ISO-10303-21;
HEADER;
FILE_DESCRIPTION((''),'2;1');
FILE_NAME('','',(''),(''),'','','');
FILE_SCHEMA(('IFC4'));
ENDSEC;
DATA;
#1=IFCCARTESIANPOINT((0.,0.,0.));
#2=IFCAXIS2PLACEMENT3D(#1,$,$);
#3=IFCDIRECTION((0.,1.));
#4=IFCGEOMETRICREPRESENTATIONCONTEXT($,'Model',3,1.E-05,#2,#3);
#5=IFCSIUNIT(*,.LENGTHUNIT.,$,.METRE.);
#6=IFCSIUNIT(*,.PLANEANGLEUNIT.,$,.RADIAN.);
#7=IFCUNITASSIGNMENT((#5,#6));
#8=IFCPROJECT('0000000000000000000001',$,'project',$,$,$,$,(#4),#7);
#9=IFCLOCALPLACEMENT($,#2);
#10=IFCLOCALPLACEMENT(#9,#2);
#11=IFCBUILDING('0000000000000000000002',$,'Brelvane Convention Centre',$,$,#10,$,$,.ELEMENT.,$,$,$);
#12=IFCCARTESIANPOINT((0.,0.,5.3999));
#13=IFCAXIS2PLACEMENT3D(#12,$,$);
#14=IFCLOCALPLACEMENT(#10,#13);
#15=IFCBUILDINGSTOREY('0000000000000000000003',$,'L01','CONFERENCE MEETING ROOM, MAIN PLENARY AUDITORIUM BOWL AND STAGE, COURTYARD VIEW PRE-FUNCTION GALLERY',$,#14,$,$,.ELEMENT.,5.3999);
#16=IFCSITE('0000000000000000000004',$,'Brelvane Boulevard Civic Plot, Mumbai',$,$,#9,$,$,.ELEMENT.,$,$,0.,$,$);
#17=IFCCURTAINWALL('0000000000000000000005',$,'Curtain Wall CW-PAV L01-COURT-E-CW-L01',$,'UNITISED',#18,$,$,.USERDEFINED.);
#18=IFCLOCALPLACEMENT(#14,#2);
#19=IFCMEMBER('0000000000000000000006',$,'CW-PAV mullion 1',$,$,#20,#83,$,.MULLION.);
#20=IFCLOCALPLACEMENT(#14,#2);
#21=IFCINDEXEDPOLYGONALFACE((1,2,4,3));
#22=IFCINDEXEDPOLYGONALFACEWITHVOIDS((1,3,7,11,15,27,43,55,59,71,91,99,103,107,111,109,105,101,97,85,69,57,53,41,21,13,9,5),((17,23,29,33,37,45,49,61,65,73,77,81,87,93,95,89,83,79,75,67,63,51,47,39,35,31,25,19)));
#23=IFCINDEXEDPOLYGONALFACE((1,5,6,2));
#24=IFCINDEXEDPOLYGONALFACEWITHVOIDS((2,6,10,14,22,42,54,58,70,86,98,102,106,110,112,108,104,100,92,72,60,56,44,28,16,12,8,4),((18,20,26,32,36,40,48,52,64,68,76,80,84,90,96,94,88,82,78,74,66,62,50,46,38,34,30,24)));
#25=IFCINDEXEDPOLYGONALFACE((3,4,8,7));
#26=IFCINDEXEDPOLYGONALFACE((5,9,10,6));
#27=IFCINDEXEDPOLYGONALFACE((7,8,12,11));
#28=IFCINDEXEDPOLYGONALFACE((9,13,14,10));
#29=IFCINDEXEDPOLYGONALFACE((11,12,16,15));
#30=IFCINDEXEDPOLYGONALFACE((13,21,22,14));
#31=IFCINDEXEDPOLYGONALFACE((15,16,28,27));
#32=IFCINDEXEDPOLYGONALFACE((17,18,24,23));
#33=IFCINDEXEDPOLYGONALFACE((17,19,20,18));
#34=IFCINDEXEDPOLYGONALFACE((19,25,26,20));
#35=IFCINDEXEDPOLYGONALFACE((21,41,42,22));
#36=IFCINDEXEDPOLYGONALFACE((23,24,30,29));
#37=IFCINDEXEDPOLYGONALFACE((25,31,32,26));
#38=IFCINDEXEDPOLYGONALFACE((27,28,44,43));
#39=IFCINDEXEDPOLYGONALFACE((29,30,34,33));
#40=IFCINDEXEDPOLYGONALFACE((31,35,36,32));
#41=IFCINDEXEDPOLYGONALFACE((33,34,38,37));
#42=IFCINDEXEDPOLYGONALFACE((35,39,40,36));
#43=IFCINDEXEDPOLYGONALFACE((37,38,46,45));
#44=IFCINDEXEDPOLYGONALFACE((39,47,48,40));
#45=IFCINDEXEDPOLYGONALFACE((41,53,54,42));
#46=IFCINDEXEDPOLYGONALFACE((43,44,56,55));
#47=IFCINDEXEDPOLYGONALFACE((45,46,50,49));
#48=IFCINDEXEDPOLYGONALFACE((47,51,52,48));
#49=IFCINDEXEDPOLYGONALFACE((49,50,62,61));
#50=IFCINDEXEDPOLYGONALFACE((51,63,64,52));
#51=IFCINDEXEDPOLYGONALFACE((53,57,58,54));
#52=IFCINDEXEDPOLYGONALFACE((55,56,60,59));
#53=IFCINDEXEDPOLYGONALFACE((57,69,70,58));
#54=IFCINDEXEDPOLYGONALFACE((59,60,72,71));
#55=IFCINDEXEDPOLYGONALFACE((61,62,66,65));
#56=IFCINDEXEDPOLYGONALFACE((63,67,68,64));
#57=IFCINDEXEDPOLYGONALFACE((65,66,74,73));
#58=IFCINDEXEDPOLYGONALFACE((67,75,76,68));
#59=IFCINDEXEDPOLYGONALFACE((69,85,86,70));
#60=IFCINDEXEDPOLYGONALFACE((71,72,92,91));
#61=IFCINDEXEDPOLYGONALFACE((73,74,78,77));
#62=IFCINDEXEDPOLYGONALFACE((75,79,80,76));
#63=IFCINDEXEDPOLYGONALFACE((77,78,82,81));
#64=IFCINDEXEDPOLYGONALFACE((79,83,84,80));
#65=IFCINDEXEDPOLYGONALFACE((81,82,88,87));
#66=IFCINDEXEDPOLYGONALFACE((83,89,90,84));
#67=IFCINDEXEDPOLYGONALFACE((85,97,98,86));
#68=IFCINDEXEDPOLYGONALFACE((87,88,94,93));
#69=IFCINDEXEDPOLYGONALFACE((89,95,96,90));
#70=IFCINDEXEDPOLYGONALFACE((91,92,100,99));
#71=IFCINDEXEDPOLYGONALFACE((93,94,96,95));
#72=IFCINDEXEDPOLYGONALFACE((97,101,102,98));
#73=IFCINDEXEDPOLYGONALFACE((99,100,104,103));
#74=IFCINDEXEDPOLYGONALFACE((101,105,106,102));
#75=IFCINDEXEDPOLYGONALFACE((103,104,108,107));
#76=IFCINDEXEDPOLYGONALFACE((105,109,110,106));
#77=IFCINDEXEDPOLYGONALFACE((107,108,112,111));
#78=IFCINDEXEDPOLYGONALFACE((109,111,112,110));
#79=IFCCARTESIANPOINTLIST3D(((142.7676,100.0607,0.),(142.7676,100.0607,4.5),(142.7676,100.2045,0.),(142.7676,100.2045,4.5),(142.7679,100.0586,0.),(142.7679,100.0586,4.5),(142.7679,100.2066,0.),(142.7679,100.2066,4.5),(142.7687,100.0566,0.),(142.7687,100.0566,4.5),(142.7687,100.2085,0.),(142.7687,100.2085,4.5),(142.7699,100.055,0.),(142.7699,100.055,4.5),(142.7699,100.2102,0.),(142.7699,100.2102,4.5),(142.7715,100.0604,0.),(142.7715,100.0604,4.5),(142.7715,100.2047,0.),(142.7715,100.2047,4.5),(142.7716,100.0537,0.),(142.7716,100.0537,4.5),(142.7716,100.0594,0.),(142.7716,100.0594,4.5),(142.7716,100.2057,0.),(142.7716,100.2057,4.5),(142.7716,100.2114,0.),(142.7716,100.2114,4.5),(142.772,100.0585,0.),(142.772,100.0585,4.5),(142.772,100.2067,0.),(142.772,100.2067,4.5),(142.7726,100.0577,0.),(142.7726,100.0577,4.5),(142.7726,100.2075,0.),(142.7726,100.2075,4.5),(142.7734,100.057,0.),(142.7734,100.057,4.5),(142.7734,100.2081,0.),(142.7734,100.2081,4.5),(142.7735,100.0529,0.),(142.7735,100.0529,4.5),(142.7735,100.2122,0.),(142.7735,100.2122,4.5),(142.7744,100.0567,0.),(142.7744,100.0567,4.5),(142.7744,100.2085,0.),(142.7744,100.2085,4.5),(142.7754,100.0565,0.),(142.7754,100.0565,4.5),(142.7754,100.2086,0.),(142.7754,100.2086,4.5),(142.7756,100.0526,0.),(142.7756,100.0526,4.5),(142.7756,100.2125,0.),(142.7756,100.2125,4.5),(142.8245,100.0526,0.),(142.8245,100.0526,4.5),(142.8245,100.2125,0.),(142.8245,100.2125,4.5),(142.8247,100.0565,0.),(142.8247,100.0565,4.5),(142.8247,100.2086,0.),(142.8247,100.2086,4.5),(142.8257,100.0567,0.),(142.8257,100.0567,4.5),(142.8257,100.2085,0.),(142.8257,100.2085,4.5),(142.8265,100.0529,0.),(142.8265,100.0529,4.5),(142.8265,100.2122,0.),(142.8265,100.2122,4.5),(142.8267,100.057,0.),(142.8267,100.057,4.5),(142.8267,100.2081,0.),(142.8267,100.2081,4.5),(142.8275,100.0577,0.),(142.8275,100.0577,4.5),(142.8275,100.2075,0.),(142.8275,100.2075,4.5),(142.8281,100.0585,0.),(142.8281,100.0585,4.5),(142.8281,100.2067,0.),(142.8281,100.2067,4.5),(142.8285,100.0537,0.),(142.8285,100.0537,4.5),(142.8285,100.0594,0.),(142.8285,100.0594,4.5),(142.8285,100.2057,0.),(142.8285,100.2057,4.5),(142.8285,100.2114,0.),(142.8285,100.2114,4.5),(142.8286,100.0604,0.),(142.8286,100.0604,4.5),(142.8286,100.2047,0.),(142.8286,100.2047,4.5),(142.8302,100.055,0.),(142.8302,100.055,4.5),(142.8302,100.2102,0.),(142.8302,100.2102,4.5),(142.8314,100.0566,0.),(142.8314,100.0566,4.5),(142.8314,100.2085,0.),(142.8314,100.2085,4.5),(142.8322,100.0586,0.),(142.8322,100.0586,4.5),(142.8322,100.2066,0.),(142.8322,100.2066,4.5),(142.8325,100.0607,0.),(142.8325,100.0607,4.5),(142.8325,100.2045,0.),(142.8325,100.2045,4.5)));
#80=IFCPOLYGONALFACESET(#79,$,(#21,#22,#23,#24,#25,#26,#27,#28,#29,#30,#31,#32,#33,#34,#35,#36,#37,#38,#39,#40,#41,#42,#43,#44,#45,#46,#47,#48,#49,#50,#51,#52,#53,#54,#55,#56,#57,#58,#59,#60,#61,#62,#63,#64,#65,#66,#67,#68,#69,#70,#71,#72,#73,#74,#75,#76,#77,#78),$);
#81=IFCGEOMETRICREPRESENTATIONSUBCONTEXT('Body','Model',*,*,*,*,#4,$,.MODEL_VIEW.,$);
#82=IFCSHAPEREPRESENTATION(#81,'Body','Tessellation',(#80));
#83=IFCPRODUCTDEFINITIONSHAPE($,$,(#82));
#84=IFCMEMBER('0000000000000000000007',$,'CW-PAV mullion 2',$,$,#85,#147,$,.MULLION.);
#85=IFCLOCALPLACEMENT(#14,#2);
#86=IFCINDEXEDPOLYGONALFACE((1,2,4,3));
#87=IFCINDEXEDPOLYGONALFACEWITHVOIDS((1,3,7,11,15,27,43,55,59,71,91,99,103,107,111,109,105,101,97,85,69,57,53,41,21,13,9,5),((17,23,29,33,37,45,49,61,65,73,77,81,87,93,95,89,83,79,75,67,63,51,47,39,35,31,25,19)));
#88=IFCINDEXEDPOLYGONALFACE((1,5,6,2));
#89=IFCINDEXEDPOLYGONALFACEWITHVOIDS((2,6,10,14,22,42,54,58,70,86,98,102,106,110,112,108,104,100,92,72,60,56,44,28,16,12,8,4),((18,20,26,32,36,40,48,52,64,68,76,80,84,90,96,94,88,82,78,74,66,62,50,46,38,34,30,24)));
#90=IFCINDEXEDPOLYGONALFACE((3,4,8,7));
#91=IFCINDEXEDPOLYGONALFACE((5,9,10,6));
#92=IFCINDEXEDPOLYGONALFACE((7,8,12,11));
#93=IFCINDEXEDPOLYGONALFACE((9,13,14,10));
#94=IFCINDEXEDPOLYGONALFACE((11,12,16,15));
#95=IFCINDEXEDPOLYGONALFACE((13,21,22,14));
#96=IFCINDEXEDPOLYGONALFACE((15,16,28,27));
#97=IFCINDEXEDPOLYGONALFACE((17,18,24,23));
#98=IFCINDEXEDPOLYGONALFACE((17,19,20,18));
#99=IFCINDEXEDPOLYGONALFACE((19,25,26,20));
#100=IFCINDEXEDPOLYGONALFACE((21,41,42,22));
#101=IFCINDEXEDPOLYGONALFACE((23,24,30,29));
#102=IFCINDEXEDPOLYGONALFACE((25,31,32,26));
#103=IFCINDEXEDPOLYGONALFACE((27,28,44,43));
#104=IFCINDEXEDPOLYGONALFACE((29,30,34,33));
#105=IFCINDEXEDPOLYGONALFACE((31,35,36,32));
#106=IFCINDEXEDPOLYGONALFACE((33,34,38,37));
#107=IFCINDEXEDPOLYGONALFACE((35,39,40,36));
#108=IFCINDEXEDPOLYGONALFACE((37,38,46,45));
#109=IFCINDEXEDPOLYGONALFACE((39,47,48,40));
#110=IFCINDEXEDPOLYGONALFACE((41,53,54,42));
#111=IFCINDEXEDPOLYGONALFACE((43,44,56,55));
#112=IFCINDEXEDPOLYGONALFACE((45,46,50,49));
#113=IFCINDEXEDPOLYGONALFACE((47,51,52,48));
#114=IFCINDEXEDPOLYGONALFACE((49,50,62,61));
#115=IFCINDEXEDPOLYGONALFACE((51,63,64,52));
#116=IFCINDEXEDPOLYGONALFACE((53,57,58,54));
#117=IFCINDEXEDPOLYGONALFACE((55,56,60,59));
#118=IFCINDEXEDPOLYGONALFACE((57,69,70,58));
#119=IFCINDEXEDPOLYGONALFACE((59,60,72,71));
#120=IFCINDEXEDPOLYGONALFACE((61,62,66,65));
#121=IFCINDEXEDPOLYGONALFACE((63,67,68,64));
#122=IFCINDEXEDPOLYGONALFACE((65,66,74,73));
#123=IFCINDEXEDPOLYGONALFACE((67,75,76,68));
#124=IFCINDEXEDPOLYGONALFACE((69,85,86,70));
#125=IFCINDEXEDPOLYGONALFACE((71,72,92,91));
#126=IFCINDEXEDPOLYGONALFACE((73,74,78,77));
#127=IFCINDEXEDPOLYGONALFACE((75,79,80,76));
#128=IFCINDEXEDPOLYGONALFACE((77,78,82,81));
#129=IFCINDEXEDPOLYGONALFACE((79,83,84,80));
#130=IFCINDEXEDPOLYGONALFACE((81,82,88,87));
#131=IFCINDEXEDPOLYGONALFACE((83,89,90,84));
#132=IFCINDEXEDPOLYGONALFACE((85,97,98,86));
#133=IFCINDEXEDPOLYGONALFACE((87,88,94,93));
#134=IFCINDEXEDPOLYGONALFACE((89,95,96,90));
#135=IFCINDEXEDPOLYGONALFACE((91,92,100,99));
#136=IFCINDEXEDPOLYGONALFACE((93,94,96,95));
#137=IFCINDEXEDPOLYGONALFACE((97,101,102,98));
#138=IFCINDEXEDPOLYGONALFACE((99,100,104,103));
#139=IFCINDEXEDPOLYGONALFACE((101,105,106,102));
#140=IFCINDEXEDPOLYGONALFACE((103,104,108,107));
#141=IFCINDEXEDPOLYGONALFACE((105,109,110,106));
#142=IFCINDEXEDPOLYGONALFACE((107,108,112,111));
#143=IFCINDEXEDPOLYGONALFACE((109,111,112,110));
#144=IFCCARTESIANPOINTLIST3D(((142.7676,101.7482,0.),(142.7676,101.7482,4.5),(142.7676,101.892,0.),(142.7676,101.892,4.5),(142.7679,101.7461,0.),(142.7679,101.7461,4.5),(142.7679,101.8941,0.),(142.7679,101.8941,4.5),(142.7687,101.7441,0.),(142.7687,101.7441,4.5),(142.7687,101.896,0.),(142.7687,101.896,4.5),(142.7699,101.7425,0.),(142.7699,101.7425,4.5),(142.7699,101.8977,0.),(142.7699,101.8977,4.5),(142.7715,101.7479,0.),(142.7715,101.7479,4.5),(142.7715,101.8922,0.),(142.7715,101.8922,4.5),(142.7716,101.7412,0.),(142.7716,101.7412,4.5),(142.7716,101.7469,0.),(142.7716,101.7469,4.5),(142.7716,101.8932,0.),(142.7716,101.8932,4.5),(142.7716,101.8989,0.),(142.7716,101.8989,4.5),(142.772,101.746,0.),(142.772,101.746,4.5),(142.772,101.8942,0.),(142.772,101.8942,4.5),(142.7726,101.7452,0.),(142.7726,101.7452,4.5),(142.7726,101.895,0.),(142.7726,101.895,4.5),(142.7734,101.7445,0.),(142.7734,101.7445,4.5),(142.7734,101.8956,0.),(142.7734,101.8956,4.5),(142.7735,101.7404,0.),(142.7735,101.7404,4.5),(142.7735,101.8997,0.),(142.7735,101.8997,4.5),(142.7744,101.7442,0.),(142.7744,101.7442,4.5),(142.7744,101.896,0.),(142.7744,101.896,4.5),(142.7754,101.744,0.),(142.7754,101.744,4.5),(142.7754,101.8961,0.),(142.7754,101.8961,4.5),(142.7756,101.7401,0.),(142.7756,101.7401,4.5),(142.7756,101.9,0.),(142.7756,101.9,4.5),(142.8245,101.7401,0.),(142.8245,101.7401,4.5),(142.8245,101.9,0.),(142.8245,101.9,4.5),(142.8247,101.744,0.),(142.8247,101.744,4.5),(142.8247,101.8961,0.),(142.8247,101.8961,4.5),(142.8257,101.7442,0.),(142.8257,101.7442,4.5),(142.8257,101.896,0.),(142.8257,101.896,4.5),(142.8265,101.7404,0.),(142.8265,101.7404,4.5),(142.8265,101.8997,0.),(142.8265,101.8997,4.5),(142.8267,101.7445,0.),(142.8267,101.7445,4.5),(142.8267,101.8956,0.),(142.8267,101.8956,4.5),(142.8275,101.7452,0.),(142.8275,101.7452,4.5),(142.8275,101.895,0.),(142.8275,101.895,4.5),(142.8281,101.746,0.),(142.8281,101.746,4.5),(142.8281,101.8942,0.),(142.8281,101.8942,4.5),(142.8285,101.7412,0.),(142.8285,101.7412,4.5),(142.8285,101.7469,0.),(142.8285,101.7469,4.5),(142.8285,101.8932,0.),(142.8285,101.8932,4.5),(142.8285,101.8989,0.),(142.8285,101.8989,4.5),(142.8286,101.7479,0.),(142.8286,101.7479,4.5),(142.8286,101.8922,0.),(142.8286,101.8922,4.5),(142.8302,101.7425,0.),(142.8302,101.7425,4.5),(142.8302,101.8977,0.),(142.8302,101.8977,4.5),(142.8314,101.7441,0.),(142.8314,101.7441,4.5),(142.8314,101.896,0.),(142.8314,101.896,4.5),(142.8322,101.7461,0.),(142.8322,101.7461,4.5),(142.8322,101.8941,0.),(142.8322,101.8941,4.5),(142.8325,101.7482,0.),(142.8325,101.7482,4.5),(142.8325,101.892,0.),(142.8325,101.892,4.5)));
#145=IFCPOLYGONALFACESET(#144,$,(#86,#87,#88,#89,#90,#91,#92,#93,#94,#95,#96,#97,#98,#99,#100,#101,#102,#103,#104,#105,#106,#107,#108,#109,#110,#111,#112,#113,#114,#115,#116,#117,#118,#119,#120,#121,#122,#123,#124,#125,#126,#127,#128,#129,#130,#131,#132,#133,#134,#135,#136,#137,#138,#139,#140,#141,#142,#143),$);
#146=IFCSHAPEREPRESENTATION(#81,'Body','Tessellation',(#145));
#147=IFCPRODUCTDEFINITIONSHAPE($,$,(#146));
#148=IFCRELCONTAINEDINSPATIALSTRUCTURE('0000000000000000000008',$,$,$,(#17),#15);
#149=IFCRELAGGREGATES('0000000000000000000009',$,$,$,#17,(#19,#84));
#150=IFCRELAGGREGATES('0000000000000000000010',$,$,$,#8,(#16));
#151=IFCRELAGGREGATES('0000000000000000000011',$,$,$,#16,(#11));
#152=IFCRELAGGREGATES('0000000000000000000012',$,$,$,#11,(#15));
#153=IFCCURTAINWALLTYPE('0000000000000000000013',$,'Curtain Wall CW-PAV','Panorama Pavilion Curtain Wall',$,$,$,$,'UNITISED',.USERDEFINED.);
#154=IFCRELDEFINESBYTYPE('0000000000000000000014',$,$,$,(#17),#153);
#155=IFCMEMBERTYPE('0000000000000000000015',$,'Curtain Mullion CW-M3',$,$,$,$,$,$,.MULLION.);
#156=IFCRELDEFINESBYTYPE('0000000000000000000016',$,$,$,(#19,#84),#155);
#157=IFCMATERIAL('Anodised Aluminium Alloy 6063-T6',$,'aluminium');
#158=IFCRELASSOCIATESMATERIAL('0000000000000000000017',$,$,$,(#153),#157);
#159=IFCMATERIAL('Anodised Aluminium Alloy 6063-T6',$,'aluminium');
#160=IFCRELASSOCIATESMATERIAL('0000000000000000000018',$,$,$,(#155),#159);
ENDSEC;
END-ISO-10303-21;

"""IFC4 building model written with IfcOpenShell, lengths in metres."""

from ifc_helpers import new_model, si_unit, direction, frame, origin, origin_2d, place, context, subcontext, project, spatial, hollow_rectangle, extrude, material, material_profile, profile_set, type_object, element, aggregate, save


model = new_model("IFC4")

# Units and contexts
model_context = context("Model", 3, precision=1e-05, world=origin(), true_north=direction((0.0, 1.0)))
body_context = subcontext(model_context, "Body", "Model", "MODEL_VIEW")
ifc_project = project(units=[si_unit("LENGTHUNIT", "METRE"), si_unit("PLANEANGLEUNIT", "RADIAN")], contexts=[model_context])

# Site, building, storey
site_placement = place(None, origin())
site = spatial("IfcSite", under=ifc_project, at=site_placement, Name="Brelvane Boulevard Civic Plot, Mumbai", CompositionType="ELEMENT", RefElevation=0.0)
building_placement = place(site_placement, origin())
building = spatial("IfcBuilding", under=site, at=building_placement, Name="Brelvane Convention Centre", CompositionType="ELEMENT")
storey_placement = place(building_placement, frame((0.0, 0.0, 5.3999)))
storey = spatial("IfcBuildingStorey", under=building, at=storey_placement, Name="L01", Description="CONFERENCE MEETING ROOM, MAIN PLENARY AUDITORIUM BOWL AND STAGE, COURTYARD VIEW PRE-FUNCTION GALLERY", CompositionType="ELEMENT", Elevation=5.3999)

# Curtain wall, members
ifc_material_1 = material(Name="Anodised Aluminium Alloy 6063-T6", Category="aluminium")
curtain_wall_type = type_object("IfcCurtainWallType", Name="Curtain Wall CW-PAV", Description="Panorama Pavilion Curtain Wall", ElementType="UNITISED", PredefinedType="USERDEFINED", material=ifc_material_1)
curtain_wall_placement = place(storey_placement, origin())
curtain_wall = element("IfcCurtainWall", 1, at=curtain_wall_placement, inside=storey, type_object=curtain_wall_type, Name="Curtain Wall CW-PAV L01-COURT-E-CW-L01", ObjectType="UNITISED", PredefinedType="USERDEFINED")
ifc_material_2 = material(Name="Anodised Aluminium Alloy 6063-T6", Category="aluminium")
ifc_material_profile_1 = material_profile(ifc_material_2, hollow_rectangle(XDim=0.0649, YDim=0.1599, WallThickness=0.0039, InnerFilletRadius=0.0039, OuterFilletRadius=0.0081, at=origin_2d()), Name="ALU-M 160x65x4.0")
ifc_profile_set_1 = profile_set([ifc_material_profile_1], Name="Anodised Aluminium Alloy 6063-T6")
member_type_1 = type_object("IfcMemberType", Name="Curtain Mullion CW-M3", PredefinedType="MULLION", material=ifc_profile_set_1)
member_1_placement = place(storey_placement, frame((142.8, 100.1326, 0.0), z_axis=(0.0, 0.0, 1.0), x_axis=(-1.0, 0.0, 0.0)))
member_1 = element("IfcMember", 2, at=member_1_placement, type_object=member_type_1, Name="CW-PAV mullion 1", PredefinedType="MULLION", context=body_context, shape_type="SweptSolid", body=[
    extrude(hollow_rectangle(XDim=0.0649, YDim=0.1599, WallThickness=0.0039, InnerFilletRadius=0.0039, OuterFilletRadius=0.0081, at=origin_2d()), origin(), (0.0, 0.0, 1.0), 4.5),
])
member_2_placement = place(storey_placement, frame((142.8, 101.8201, 0.0), z_axis=(0.0, 0.0, 1.0), x_axis=(-1.0, 0.0, 0.0)))
member_2 = element("IfcMember", 3, at=member_2_placement, type_object=member_type_1, Name="CW-PAV mullion 2", PredefinedType="MULLION", context=body_context, shape_type="SweptSolid", body=[
    extrude(hollow_rectangle(XDim=0.0649, YDim=0.1599, WallThickness=0.0039, InnerFilletRadius=0.0039, OuterFilletRadius=0.0081, at=origin_2d()), origin(), (0.0, 0.0, 1.0), 4.5),
])

aggregate(curtain_wall, [member_1, member_2])

save(model, "model.ifc")
